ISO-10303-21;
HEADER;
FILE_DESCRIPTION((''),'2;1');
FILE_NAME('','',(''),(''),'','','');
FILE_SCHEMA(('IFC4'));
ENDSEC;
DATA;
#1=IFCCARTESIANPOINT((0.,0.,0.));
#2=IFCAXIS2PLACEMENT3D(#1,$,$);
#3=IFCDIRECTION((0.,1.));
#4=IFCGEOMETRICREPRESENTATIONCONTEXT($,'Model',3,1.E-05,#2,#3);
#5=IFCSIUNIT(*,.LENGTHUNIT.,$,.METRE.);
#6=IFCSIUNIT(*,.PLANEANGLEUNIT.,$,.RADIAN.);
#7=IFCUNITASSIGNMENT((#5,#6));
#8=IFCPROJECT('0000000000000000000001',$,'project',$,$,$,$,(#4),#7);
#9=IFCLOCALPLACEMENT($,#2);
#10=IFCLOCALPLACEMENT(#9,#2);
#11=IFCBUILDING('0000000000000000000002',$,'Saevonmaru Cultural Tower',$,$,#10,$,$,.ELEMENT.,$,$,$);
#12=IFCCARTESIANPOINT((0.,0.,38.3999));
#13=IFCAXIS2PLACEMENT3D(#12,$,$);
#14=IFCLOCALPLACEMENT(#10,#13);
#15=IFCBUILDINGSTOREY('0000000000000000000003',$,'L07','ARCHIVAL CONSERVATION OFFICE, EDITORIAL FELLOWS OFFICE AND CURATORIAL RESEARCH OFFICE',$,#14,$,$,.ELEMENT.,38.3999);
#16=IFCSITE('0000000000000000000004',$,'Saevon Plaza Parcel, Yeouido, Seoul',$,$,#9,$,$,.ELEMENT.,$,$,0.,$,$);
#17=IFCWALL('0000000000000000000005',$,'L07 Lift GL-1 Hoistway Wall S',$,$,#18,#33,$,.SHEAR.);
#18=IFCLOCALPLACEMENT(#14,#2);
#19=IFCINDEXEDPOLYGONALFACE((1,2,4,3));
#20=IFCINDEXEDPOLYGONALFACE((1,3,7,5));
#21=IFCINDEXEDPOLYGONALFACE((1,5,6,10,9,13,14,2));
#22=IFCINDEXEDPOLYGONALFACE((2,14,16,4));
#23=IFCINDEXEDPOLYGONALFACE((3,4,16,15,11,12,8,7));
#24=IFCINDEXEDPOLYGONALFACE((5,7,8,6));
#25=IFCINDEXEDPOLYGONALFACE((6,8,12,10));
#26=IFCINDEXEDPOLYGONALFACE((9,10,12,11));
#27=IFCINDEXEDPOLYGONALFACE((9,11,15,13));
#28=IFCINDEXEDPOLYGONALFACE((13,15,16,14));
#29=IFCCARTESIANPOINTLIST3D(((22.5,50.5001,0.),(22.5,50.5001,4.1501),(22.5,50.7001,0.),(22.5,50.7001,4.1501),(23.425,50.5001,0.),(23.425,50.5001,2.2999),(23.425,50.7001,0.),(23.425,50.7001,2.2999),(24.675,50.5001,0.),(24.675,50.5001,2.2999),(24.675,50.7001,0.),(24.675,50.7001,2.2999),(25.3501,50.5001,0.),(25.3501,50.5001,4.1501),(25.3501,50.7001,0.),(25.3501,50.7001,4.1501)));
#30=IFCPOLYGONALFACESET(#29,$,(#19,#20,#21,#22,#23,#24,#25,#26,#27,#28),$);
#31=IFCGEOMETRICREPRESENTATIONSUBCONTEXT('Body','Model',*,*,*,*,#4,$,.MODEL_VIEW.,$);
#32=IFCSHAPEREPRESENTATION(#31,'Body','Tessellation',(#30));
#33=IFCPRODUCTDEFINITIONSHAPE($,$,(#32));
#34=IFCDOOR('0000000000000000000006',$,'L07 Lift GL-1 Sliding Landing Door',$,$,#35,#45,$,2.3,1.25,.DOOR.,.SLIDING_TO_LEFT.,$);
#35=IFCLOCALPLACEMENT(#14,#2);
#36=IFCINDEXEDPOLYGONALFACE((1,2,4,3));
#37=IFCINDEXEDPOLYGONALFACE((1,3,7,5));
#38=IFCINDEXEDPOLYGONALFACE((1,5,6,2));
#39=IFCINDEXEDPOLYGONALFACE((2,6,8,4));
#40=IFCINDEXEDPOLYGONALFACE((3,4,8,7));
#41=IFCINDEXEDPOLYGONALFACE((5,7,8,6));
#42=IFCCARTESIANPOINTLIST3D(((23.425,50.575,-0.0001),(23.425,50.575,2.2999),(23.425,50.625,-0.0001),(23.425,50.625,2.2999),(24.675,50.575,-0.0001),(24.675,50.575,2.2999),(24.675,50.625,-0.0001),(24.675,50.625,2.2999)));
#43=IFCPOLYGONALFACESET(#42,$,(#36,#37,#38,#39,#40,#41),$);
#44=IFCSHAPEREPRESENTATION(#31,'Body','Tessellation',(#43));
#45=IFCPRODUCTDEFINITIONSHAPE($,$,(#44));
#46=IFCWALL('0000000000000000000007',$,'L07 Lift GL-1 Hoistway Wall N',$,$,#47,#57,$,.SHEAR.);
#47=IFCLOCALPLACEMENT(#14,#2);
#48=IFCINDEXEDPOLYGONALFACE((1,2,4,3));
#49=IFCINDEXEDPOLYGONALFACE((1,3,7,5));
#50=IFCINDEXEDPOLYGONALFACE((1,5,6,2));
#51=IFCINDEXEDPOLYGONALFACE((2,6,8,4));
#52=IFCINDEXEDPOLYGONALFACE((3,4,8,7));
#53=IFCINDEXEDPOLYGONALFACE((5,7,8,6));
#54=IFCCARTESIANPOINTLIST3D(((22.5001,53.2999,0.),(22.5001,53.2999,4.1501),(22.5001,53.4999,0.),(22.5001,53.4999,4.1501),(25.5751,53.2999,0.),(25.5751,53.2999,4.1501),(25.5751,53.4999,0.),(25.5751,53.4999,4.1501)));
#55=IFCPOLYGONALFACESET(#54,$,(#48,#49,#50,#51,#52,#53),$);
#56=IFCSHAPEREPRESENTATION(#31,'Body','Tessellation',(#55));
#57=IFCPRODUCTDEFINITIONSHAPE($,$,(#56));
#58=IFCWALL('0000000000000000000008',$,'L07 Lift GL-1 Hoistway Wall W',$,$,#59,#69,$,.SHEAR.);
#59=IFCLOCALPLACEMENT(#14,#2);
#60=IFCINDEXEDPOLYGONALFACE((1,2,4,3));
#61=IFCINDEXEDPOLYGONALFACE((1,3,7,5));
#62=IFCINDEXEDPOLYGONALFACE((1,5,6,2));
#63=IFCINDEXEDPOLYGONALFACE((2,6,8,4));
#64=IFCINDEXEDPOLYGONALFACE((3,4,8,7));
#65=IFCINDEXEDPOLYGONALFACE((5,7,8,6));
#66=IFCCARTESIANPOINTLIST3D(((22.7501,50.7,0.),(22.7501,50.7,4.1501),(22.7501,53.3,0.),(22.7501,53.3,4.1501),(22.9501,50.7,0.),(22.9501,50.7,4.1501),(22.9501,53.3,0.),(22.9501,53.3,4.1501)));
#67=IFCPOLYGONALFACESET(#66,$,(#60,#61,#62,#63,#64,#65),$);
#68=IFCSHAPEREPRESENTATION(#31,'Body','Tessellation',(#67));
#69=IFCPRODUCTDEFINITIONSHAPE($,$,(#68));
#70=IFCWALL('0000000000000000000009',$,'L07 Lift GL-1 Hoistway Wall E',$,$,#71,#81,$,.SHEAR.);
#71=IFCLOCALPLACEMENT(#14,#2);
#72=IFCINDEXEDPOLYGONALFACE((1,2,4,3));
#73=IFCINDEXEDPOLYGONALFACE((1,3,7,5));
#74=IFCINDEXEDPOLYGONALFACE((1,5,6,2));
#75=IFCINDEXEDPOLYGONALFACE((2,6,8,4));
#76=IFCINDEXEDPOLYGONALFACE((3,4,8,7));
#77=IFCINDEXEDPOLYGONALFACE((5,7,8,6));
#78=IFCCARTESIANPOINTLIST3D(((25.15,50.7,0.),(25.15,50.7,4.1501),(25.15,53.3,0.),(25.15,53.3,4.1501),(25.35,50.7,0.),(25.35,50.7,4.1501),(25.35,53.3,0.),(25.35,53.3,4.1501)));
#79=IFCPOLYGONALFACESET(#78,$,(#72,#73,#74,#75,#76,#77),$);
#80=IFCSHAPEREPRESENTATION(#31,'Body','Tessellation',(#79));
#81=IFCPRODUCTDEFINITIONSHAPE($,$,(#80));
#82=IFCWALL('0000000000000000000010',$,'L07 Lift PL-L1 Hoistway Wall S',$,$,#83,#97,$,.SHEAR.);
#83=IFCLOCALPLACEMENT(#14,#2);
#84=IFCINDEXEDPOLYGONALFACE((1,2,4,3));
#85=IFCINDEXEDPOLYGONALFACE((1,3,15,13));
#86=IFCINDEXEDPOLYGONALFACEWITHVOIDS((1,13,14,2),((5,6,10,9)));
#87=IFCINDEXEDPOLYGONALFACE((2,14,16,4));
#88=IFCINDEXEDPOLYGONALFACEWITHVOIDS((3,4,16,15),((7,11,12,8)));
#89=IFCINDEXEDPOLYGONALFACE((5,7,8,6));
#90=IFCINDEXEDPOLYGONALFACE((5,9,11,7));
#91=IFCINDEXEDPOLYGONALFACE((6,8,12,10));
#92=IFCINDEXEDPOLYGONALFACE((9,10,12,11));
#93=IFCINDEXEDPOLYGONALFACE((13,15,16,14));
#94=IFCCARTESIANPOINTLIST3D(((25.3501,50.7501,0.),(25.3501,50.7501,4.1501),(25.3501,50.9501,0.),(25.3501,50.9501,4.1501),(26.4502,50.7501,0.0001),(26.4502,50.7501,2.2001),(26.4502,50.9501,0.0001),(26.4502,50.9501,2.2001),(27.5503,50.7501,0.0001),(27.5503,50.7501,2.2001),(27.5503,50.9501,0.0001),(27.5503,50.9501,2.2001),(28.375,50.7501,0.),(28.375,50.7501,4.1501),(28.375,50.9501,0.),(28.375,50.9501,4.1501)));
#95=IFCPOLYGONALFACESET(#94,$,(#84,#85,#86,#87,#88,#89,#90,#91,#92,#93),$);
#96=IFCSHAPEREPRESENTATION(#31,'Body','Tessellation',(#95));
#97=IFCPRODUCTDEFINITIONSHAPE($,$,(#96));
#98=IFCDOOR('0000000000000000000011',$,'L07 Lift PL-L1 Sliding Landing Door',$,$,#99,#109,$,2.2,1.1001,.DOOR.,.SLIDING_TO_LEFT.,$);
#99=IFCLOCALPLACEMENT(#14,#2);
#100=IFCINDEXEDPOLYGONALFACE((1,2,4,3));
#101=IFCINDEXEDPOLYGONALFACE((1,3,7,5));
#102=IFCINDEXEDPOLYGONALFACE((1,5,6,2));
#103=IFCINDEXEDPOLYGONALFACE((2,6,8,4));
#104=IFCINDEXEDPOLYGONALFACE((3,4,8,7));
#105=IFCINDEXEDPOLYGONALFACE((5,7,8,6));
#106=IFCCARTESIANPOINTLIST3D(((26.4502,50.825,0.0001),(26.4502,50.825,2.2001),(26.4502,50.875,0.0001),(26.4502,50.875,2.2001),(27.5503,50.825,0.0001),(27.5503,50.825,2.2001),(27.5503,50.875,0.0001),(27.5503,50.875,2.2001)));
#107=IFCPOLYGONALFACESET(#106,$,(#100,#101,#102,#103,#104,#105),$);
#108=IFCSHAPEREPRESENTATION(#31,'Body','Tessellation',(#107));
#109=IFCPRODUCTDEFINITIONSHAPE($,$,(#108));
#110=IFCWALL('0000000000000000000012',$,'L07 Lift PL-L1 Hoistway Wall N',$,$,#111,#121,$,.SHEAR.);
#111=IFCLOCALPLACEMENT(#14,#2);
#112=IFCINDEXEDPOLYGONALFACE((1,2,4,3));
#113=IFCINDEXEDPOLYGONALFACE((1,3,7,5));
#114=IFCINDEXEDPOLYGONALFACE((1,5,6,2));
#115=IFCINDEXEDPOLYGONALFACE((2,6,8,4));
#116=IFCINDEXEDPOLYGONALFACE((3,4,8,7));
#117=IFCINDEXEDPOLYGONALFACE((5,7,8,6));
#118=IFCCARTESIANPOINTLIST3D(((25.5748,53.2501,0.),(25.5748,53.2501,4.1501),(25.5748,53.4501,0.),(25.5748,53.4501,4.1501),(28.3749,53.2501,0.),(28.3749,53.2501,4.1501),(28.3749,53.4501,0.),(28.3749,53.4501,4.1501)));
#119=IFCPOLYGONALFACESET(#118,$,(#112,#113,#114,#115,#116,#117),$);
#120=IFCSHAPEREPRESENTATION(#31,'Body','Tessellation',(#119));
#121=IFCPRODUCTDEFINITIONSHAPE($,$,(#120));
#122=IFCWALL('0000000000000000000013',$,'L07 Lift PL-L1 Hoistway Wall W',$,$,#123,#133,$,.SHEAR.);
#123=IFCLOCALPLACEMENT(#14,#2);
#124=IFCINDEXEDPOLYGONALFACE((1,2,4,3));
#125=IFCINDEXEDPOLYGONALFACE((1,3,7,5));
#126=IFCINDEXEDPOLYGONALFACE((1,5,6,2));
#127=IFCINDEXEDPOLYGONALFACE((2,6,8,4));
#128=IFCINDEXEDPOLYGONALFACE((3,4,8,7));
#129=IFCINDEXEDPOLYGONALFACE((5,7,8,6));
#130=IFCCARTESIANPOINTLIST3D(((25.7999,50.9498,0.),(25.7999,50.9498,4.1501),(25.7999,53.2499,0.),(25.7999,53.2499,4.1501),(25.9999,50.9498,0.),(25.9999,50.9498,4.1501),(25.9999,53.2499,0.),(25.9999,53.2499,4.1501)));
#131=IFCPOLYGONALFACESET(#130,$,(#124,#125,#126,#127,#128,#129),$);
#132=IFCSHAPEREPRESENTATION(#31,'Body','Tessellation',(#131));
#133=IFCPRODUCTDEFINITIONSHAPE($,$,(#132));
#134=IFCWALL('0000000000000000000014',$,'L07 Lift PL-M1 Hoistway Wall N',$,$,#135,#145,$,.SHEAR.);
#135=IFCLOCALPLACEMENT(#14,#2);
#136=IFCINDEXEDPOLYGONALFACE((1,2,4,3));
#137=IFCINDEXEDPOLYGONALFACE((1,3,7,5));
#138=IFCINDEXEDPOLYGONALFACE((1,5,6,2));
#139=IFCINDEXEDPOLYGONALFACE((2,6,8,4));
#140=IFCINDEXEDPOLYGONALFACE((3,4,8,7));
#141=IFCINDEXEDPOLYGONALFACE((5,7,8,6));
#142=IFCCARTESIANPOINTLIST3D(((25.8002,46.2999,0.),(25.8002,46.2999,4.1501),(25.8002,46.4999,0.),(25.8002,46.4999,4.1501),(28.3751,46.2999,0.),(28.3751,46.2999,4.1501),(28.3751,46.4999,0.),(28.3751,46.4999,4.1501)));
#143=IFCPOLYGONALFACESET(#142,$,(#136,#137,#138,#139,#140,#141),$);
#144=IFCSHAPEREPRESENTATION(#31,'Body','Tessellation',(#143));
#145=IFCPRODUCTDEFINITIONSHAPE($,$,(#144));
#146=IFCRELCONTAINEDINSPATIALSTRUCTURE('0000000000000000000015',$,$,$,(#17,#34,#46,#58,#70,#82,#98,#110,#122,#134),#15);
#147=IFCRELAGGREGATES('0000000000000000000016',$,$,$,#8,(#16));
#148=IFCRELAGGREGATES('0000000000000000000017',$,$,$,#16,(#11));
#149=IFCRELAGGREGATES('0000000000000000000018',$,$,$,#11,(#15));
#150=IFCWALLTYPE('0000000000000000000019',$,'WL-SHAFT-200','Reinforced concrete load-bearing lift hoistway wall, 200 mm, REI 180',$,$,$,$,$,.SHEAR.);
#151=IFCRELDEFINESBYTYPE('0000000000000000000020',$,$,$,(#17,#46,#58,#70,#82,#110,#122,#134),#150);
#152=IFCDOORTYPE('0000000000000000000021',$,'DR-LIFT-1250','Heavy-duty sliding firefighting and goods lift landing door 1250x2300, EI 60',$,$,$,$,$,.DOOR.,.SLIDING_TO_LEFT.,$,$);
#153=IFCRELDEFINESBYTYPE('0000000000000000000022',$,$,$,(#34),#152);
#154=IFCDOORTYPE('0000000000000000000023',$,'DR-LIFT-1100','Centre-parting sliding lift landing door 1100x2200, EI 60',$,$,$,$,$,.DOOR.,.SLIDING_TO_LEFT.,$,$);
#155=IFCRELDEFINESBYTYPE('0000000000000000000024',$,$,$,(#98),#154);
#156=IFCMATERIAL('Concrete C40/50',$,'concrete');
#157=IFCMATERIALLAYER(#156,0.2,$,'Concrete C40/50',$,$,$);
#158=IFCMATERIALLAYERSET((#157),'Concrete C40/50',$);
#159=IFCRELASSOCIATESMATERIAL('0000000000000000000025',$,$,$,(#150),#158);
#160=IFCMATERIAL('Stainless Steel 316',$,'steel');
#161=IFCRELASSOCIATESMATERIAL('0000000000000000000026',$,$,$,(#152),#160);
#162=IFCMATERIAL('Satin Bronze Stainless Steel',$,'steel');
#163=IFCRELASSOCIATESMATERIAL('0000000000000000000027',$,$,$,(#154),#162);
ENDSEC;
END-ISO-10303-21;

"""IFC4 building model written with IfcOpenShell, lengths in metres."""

from ifc_helpers import new_model, si_unit, direction, frame, frame_2d, origin, place, context, subcontext, project, spatial, rectangle, extrude, material, layer, layer_set, type_object, element, fill, save


model = new_model("IFC4")

# Units and contexts
model_context = context("Model", 3, precision=1e-05, world=origin(), true_north=direction((0.0, 1.0)))
body_context = subcontext(model_context, "Body", "Model", "MODEL_VIEW")
ifc_project = project(units=[si_unit("LENGTHUNIT", "METRE"), si_unit("PLANEANGLEUNIT", "RADIAN")], contexts=[model_context])

# Site, building, storey
site_placement = place(None, origin())
site = spatial("IfcSite", under=ifc_project, at=site_placement, Name="Saevon Plaza Parcel, Yeouido, Seoul", CompositionType="ELEMENT", RefElevation=0.0)
building_placement = place(site_placement, origin())
building = spatial("IfcBuilding", under=site, at=building_placement, Name="Saevonmaru Cultural Tower", CompositionType="ELEMENT")
storey_placement = place(building_placement, frame((0.0, 0.0, 38.3999)))
storey = spatial("IfcBuildingStorey", under=building, at=storey_placement, Name="L07", Description="ARCHIVAL CONSERVATION OFFICE, EDITORIAL FELLOWS OFFICE AND CURATORIAL RESEARCH OFFICE", CompositionType="ELEMENT", Elevation=38.3999)

# Shared definitions
ifc_material_1 = material(Name="Concrete C40/50", Category="concrete")
ifc_layer_1 = layer(ifc_material_1, 0.2, Name="Concrete C40/50")
ifc_layer_set_1 = layer_set([ifc_layer_1], Name="Concrete C40/50")
wall_type_1 = type_object("IfcWallType", Name="WL-SHAFT-200", Description="Reinforced concrete load-bearing lift hoistway wall, 200 mm, REI 180", PredefinedType="SHEAR", material=ifc_layer_set_1)

# Wall, opening, door
wall_1_placement = place(storey_placement, frame((22.5, 50.6001, 0.0), z_axis=(0.0, 0.0, 1.0), x_axis=(1.0, 0.0, 0.0)))
wall_1 = element("IfcWall", 1, at=wall_1_placement, inside=storey, type_object=wall_type_1, Name="L07 Lift GL-1 Hoistway Wall S", PredefinedType="SHEAR", context=body_context, shape_type="SweptSolid", body=[
    extrude(rectangle(XDim=2.8501, YDim=0.2, at=frame_2d((1.425, 0.0))), origin(), (0.0, 0.0, 1.0), 4.1501),
])
opening_1_placement = place(wall_1_placement, frame((0.925, 0.0, 0.0)))
opening_1 = element("IfcOpeningElement", 2, at=opening_1_placement, cuts=wall_1, PredefinedType="OPENING", context=body_context, shape_type="SweptSolid", body=[
    extrude(rectangle(XDim=1.25, YDim=2.3, at=frame_2d((0.625, 1.1499))), frame((0.0, 0.1099, 0.0), z_axis=(0.0, -1.0, 0.0), x_axis=(1.0, 0.0, 0.0)), (0.0, 0.0, 1.0), 0.22),
])
ifc_material_2 = material(Name="Stainless Steel 316", Category="steel")
door_type_1 = type_object("IfcDoorType", Name="DR-LIFT-1250", Description="Heavy-duty sliding firefighting and goods lift landing door 1250x2300, EI 60", OperationType="SLIDING_TO_LEFT", PredefinedType="DOOR", material=ifc_material_2)
door_1_placement = place(opening_1_placement, origin())
door_1 = element("IfcDoor", 3, at=door_1_placement, inside=storey, type_object=door_type_1, Name="L07 Lift GL-1 Sliding Landing Door", OperationType="SLIDING_TO_LEFT", OverallHeight=2.3, OverallWidth=1.25, PredefinedType="DOOR", context=body_context, shape_type="SweptSolid", body=[
    extrude(rectangle(XDim=1.25, YDim=2.3, at=frame_2d((0.625, 1.1499))), frame((0.0, 0.0249, 0.0), z_axis=(0.0, -1.0, 0.0), x_axis=(1.0, 0.0, 0.0)), (0.0, 0.0, 1.0), 0.05),
])
fill(opening_1, door_1)

# Walls
wall_2_placement = place(storey_placement, frame((22.5, 53.3999, 0.0), z_axis=(0.0, 0.0, 1.0), x_axis=(1.0, 0.0, 0.0)))
element("IfcWall", 4, at=wall_2_placement, inside=storey, type_object=wall_type_1, Name="L07 Lift GL-1 Hoistway Wall N", PredefinedType="SHEAR", context=body_context, shape_type="SweptSolid", body=[
    extrude(rectangle(XDim=3.075, YDim=0.2, at=frame_2d((1.5376, 0.0))), origin(), (0.0, 0.0, 1.0), 4.1501),
])
for number, where, z_axis, x_axis, name in (
    (5, (22.8501, 50.7, 0.0), (0.0, 0.0, 1.0), (0.0, 1.0, 0.0), "L07 Lift GL-1 Hoistway Wall W"),
    (6, (25.25, 50.7, 0.0), (0.0, 0.0, 1.0), (0.0, 1.0, 0.0), "L07 Lift GL-1 Hoistway Wall E"),
):
    element("IfcWall", number, at=place(storey_placement, frame(where, z_axis=z_axis, x_axis=x_axis)), inside=storey, type_object=wall_type_1, Name=name, PredefinedType="SHEAR", context=body_context, shape_type="SweptSolid", body=[
        extrude(rectangle(XDim=2.6001, YDim=0.2, at=frame_2d((1.3, 0.0))), origin(), (0.0, 0.0, 1.0), 4.1501),
    ])

# Wall, opening, door
wall_3_placement = place(storey_placement, frame((25.3501, 50.8501, 0.0), z_axis=(0.0, 0.0, 1.0), x_axis=(1.0, 0.0, 0.0)))
wall_3 = element("IfcWall", 7, at=wall_3_placement, inside=storey, type_object=wall_type_1, Name="L07 Lift PL-L1 Hoistway Wall S", PredefinedType="SHEAR", context=body_context, shape_type="SweptSolid", body=[
    extrude(rectangle(XDim=3.0249, YDim=0.2, at=frame_2d((1.5125, 0.0))), origin(), (0.0, 0.0, 1.0), 4.1501),
])
opening_2_placement = place(wall_3_placement, frame((1.1001, 0.0, 0.0)))
opening_2 = element("IfcOpeningElement", 8, at=opening_2_placement, cuts=wall_3, PredefinedType="OPENING", context=body_context, shape_type="SweptSolid", body=[
    extrude(rectangle(XDim=1.1001, YDim=2.2, at=frame_2d((0.55, 1.1001))), frame((0.0, 0.1099, 0.0), z_axis=(0.0, -1.0, 0.0), x_axis=(1.0, 0.0, 0.0)), (0.0, 0.0, 1.0), 0.22),
])
ifc_material_3 = material(Name="Satin Bronze Stainless Steel", Category="steel")
door_type_2 = type_object("IfcDoorType", Name="DR-LIFT-1100", Description="Centre-parting sliding lift landing door 1100x2200, EI 60", OperationType="SLIDING_TO_LEFT", PredefinedType="DOOR", material=ifc_material_3)
door_2_placement = place(opening_2_placement, origin())
door_2 = element("IfcDoor", 9, at=door_2_placement, inside=storey, type_object=door_type_2, Name="L07 Lift PL-L1 Sliding Landing Door", OperationType="SLIDING_TO_LEFT", OverallHeight=2.2, OverallWidth=1.1001, PredefinedType="DOOR", context=body_context, shape_type="SweptSolid", body=[
    extrude(rectangle(XDim=1.1001, YDim=2.2, at=frame_2d((0.55, 1.1001))), frame((0.0, 0.0249, 0.0), z_axis=(0.0, -1.0, 0.0), x_axis=(1.0, 0.0, 0.0)), (0.0, 0.0, 1.0), 0.05),
])
fill(opening_2, door_2)

# Walls
wall_4_placement = place(storey_placement, frame((25.575, 53.3501, 0.0), z_axis=(0.0, 0.0, 1.0), x_axis=(1.0, 0.0, 0.0)))
element("IfcWall", 10, at=wall_4_placement, inside=storey, type_object=wall_type_1, Name="L07 Lift PL-L1 Hoistway Wall N", PredefinedType="SHEAR", context=body_context, shape_type="SweptSolid", body=[
    extrude(rectangle(XDim=2.8, YDim=0.2, at=frame_2d((1.3999, 0.0))), origin(), (0.0, 0.0, 1.0), 4.1501),
])
wall_5_placement = place(storey_placement, frame((25.8999, 50.95, 0.0), z_axis=(0.0, 0.0, 1.0), x_axis=(0.0, 1.0, 0.0)))
element("IfcWall", 11, at=wall_5_placement, inside=storey, type_object=wall_type_1, Name="L07 Lift PL-L1 Hoistway Wall W", PredefinedType="SHEAR", context=body_context, shape_type="SweptSolid", body=[
    extrude(rectangle(XDim=2.3, YDim=0.2, at=frame_2d((1.1499, 0.0))), origin(), (0.0, 0.0, 1.0), 4.1501),
])
wall_6_placement = place(storey_placement, frame((25.8, 46.3999, 0.0), z_axis=(0.0, 0.0, 1.0), x_axis=(1.0, 0.0, 0.0)))
element("IfcWall", 12, at=wall_6_placement, inside=storey, type_object=wall_type_1, Name="L07 Lift PL-M1 Hoistway Wall N", PredefinedType="SHEAR", context=body_context, shape_type="SweptSolid", body=[
    extrude(rectangle(XDim=2.575, YDim=0.2, at=frame_2d((1.2876, 0.0))), origin(), (0.0, 0.0, 1.0), 4.1501),
])

save(model, "model.ifc")
